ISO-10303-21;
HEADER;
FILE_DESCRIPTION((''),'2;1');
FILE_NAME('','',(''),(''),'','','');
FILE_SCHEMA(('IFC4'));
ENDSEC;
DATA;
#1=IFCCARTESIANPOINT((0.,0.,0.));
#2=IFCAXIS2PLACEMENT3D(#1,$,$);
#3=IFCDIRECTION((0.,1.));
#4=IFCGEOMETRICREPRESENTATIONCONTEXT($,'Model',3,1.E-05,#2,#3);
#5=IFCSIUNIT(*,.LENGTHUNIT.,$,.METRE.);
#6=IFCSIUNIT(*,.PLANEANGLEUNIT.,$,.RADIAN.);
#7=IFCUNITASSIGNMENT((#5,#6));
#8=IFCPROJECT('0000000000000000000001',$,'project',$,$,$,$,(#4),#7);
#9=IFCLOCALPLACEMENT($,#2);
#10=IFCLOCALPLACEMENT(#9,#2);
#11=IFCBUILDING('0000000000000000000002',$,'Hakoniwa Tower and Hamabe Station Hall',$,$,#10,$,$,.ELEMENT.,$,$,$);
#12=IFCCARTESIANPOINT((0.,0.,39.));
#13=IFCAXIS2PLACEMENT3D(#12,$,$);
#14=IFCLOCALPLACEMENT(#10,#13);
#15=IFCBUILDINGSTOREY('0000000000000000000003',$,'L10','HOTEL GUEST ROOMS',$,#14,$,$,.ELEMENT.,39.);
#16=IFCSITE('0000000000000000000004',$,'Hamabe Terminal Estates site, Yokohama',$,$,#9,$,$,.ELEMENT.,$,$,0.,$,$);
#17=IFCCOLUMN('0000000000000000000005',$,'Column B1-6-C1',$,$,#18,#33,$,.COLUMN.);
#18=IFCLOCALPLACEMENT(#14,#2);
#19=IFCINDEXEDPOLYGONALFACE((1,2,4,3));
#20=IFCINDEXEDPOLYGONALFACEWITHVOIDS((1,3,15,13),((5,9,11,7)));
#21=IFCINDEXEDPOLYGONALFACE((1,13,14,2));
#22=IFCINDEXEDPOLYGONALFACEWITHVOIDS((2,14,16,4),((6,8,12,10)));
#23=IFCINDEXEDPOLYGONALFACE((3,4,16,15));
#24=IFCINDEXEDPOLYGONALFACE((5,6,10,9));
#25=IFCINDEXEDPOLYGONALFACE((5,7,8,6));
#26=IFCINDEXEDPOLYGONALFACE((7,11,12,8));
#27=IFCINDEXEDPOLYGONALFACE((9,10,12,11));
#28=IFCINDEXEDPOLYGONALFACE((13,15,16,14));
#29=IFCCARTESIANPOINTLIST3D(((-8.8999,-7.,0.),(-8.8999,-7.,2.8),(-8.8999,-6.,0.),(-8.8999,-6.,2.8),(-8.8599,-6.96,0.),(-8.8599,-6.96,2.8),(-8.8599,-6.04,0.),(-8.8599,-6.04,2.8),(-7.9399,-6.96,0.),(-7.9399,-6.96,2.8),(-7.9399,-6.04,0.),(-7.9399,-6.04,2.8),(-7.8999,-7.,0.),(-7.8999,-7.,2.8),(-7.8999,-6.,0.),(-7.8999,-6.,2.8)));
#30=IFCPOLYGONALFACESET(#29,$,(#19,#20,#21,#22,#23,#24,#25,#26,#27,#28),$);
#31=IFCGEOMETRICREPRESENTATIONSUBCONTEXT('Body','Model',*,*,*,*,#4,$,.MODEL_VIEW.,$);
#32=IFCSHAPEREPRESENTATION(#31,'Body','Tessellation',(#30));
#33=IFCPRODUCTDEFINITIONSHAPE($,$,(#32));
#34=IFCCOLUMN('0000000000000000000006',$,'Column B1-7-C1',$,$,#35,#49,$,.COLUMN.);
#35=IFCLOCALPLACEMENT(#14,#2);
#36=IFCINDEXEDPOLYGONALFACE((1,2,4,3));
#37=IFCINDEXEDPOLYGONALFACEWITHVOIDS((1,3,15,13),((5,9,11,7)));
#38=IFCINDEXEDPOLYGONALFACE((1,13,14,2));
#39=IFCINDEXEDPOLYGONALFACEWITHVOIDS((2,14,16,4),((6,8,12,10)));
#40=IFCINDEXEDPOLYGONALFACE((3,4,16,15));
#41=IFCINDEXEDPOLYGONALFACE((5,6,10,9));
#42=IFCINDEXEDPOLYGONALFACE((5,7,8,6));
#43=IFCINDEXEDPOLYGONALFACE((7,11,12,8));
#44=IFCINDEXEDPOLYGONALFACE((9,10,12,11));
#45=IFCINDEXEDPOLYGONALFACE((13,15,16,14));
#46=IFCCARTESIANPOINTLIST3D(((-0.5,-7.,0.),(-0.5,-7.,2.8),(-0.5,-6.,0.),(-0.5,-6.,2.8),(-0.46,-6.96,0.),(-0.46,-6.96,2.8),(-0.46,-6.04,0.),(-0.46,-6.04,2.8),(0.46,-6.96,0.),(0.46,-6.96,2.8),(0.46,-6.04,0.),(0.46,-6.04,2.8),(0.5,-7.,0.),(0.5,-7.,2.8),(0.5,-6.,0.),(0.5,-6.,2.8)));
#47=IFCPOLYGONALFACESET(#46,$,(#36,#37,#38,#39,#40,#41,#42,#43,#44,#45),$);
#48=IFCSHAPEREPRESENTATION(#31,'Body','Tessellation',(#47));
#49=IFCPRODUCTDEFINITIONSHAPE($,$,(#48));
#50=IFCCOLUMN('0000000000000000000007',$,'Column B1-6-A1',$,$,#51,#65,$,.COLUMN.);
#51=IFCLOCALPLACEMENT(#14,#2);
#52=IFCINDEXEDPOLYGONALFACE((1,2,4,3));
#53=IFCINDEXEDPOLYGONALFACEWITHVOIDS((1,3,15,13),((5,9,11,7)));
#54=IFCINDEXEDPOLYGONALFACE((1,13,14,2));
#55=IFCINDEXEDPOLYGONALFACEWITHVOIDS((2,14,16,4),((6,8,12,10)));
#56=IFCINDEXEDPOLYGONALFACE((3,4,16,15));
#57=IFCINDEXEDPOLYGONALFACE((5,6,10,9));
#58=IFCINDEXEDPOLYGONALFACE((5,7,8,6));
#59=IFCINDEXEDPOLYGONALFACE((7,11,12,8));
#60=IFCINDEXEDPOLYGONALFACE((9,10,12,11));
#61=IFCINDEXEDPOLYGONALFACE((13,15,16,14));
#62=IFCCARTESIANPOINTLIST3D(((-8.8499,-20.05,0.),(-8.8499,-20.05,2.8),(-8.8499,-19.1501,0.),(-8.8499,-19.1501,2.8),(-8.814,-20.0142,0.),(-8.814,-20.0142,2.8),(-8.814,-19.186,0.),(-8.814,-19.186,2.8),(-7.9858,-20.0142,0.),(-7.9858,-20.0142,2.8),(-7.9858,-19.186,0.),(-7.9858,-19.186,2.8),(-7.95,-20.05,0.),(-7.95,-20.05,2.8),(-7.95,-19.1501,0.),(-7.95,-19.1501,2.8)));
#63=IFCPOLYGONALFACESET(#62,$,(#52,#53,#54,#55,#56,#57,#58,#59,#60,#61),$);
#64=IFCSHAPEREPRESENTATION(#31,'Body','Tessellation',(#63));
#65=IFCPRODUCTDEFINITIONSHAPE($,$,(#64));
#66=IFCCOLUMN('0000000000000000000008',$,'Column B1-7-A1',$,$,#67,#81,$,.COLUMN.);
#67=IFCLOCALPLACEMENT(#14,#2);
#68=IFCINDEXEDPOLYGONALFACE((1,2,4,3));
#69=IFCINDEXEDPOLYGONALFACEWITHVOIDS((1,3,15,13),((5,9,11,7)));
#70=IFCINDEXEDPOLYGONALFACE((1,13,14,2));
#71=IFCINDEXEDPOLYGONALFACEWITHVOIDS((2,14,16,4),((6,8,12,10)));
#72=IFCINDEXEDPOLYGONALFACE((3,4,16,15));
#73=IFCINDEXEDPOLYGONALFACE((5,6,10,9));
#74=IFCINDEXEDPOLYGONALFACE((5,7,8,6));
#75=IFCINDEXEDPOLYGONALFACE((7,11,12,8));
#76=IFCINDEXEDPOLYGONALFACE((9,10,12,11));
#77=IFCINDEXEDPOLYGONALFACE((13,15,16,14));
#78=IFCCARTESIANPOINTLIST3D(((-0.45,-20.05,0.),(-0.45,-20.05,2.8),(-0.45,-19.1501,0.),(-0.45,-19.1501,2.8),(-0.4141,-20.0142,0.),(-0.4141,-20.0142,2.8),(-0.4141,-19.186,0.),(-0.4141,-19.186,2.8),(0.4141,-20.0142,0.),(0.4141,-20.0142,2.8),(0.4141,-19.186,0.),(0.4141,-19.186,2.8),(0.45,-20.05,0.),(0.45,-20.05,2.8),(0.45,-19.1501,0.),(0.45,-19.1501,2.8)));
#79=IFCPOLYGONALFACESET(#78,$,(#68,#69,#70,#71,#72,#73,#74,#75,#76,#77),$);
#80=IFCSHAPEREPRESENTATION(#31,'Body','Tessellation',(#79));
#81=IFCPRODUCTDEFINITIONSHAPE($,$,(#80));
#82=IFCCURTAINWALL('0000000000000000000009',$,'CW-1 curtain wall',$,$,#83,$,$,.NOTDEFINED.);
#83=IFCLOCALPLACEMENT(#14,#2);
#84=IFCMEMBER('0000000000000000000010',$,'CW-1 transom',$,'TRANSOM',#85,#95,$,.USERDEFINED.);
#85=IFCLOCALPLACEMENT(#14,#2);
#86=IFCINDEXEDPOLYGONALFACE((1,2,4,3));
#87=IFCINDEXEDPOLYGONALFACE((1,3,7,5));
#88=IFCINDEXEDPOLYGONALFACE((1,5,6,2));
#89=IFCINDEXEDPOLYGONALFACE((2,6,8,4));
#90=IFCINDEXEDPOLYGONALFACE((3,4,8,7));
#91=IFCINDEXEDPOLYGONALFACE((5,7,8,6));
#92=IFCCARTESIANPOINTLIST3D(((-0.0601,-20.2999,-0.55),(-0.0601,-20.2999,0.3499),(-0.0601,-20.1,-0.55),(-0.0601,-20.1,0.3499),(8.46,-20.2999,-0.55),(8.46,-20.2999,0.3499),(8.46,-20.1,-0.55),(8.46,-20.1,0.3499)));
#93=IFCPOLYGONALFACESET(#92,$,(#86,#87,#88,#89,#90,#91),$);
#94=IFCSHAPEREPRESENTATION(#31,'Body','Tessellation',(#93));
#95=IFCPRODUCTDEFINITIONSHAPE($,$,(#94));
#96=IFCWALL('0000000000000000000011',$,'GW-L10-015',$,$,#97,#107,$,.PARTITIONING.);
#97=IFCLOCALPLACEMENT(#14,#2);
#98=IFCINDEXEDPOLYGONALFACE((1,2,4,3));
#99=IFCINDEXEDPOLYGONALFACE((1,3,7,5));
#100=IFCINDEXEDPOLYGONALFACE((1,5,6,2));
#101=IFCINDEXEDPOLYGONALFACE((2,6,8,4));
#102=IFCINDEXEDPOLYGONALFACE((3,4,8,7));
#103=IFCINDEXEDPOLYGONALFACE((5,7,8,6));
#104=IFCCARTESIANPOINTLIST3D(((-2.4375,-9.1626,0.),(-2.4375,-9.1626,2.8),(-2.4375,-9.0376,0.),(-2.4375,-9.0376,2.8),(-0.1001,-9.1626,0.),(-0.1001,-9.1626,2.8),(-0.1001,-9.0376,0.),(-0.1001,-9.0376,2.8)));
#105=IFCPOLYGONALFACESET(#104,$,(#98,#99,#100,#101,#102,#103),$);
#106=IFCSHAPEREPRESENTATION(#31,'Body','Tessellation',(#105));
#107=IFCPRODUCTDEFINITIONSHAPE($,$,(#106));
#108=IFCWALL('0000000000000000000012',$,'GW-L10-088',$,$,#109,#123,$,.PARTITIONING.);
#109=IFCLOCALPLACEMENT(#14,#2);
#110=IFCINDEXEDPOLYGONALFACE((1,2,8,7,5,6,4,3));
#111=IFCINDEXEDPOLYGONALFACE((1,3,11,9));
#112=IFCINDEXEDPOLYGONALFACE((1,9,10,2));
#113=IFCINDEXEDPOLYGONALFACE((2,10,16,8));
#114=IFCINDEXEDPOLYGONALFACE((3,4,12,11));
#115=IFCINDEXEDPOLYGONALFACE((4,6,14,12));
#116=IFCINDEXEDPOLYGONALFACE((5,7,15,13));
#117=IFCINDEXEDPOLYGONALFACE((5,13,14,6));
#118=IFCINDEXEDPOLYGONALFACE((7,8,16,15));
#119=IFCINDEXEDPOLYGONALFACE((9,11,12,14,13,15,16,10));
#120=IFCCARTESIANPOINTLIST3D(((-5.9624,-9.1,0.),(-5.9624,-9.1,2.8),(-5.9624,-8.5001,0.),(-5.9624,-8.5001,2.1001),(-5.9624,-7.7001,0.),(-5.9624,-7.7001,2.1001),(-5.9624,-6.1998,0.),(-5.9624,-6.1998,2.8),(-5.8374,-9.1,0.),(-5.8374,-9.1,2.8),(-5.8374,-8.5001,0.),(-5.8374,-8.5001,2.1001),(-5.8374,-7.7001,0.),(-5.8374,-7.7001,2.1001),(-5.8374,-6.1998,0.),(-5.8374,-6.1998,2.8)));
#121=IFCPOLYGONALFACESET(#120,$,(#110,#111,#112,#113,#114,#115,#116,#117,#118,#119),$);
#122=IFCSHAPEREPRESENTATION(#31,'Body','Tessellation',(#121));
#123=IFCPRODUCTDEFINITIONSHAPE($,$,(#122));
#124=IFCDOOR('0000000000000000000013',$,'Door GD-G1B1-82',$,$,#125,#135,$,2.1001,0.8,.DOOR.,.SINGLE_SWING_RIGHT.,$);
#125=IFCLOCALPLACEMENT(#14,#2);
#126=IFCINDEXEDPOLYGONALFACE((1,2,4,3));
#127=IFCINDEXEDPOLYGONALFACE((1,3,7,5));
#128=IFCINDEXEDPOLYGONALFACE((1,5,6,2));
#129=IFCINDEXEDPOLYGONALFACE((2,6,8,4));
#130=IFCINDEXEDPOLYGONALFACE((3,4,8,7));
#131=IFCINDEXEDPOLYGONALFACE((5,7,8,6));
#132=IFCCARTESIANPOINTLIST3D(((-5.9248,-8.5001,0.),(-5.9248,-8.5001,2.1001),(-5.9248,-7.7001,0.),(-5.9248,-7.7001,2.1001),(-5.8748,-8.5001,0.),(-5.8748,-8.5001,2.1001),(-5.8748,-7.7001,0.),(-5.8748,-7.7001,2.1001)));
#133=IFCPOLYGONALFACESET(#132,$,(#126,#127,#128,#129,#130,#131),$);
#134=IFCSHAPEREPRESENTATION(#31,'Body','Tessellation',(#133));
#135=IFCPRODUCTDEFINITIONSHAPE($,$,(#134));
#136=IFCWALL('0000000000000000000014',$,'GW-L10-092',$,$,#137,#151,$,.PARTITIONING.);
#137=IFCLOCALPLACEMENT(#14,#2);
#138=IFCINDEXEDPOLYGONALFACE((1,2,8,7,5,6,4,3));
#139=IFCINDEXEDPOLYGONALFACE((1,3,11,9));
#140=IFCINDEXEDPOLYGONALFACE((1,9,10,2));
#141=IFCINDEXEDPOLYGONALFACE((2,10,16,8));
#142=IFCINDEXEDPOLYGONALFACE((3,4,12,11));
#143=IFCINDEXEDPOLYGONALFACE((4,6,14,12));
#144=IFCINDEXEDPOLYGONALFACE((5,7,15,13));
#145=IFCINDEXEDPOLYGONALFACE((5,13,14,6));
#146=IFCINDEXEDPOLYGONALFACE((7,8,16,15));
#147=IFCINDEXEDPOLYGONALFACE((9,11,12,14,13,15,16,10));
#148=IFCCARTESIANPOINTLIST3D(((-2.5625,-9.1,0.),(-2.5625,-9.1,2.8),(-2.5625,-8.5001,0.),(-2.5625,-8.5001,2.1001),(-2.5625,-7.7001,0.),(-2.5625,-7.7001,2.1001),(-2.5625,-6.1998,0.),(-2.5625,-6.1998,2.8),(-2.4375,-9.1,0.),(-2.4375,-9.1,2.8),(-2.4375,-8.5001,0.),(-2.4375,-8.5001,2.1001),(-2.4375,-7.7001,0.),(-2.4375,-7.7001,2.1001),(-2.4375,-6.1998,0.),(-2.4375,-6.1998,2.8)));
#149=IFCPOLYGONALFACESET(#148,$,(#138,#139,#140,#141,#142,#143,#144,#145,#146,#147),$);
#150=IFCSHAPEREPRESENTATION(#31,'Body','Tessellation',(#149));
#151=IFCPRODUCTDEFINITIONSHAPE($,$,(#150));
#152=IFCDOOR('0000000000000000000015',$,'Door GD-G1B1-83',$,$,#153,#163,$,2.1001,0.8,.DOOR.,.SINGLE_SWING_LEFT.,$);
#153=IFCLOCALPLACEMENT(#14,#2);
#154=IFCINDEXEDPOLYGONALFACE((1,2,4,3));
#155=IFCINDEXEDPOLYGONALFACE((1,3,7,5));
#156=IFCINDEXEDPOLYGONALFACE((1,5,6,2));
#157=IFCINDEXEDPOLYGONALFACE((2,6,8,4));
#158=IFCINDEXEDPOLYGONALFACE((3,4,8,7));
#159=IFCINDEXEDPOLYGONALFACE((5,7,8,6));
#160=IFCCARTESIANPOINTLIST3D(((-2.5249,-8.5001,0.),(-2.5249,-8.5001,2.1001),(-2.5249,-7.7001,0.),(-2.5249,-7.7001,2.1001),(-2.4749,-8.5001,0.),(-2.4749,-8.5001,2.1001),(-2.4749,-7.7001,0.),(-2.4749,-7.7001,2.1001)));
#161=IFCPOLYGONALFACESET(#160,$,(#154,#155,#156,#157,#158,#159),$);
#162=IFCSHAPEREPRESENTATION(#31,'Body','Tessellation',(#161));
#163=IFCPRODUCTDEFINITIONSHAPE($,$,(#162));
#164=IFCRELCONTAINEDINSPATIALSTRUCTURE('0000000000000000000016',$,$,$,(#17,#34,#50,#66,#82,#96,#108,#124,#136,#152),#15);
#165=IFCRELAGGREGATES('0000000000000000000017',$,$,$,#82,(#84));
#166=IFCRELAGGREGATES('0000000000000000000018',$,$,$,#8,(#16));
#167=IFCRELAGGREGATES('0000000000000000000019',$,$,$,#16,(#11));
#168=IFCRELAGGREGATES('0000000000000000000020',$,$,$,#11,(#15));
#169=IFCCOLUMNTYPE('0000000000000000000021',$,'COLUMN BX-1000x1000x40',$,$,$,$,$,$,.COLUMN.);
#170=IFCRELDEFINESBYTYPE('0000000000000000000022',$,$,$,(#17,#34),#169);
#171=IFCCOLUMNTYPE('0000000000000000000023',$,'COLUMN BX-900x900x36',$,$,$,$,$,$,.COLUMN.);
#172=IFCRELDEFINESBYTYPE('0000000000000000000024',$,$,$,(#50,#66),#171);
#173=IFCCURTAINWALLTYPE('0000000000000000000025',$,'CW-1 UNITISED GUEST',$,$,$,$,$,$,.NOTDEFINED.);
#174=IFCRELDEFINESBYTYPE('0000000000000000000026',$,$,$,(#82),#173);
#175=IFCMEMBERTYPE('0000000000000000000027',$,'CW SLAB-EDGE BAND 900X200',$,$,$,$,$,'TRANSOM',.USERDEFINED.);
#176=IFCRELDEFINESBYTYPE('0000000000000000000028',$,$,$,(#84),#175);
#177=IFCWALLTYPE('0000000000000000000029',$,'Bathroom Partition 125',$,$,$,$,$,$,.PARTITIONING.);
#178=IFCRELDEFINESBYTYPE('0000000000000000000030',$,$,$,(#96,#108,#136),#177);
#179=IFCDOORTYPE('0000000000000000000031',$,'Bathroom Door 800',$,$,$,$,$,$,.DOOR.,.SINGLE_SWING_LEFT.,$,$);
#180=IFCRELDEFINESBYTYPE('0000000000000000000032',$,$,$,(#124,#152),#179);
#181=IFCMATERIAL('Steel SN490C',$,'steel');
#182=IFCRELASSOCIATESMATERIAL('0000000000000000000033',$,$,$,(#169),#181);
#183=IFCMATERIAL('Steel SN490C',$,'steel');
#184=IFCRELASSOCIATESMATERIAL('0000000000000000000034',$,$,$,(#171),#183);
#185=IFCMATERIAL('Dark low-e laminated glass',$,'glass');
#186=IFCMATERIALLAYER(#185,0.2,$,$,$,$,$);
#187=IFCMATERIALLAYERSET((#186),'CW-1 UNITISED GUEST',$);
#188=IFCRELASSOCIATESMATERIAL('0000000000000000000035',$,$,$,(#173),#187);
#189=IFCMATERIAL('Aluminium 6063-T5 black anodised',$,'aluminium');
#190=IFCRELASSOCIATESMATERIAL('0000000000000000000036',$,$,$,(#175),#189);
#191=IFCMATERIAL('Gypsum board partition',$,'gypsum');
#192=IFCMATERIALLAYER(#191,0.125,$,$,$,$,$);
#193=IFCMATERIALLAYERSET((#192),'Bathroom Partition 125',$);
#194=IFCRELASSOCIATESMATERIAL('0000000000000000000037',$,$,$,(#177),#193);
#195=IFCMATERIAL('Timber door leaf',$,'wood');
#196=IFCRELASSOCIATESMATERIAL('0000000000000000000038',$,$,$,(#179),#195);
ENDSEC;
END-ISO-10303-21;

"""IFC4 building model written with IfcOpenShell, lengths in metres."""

from ifc_helpers import new_model, si_unit, direction, frame, frame_2d, origin, origin_2d, place, context, subcontext, project, spatial, rectangle, hollow_rectangle, extrude, material, layer, layer_set, material_profile, profile_set, type_object, element, fill, aggregate, save


model = new_model("IFC4")

# Units and contexts
model_context = context("Model", 3, precision=1e-05, world=origin(), true_north=direction((0.0, 1.0)))
body_context = subcontext(model_context, "Body", "Model", "MODEL_VIEW")
ifc_project = project(units=[si_unit("LENGTHUNIT", "METRE"), si_unit("PLANEANGLEUNIT", "RADIAN")], contexts=[model_context])

# Site, building, storey
site_placement = place(None, origin())
site = spatial("IfcSite", under=ifc_project, at=site_placement, Name="Hamabe Terminal Estates site, Yokohama", CompositionType="ELEMENT", RefElevation=0.0)
building_placement = place(site_placement, origin())
building = spatial("IfcBuilding", under=site, at=building_placement, Name="Hakoniwa Tower and Hamabe Station Hall", CompositionType="ELEMENT")
storey_placement = place(building_placement, frame((0.0, 0.0, 39.0)))
storey = spatial("IfcBuildingStorey", under=building, at=storey_placement, Name="L10", Description="HOTEL GUEST ROOMS", CompositionType="ELEMENT", Elevation=39.0)

# Columns
ifc_material_1 = material(Name="Steel SN490C", Category="steel")
ifc_material_profile_1 = material_profile(ifc_material_1, hollow_rectangle(XDim=1.0, YDim=1.0, WallThickness=0.04, at=origin_2d()), Name="BX-1000x1000x40")
ifc_profile_set_1 = profile_set([ifc_material_profile_1], Name="Steel SN490C")
column_type_1 = type_object("IfcColumnType", Name="COLUMN BX-1000x1000x40", PredefinedType="COLUMN", material=ifc_profile_set_1)
for number, where, z_axis, x_axis, name in (
    (1, (-8.3999, -6.5, 0.0), (0.0, 0.0, 1.0), (1.0, 0.0, 0.0), "Column B1-6-C1"),
    (2, (0.0, -6.5, 0.0), (0.0, 0.0, 1.0), (1.0, 0.0, 0.0), "Column B1-7-C1"),
):
    element("IfcColumn", number, at=place(storey_placement, frame(where, z_axis=z_axis, x_axis=x_axis)), inside=storey, type_object=column_type_1, Name=name, PredefinedType="COLUMN", context=body_context, shape_type="SweptSolid", body=[
        extrude(hollow_rectangle(XDim=1.0, YDim=1.0, WallThickness=0.04, at=origin_2d()), origin(), (0.0, 0.0, 1.0), 2.8),
    ])
ifc_material_2 = material(Name="Steel SN490C", Category="steel")
ifc_material_profile_2 = material_profile(ifc_material_2, hollow_rectangle(XDim=0.8999, YDim=0.8999, WallThickness=0.0359, at=origin_2d()), Name="BX-900x900x36")
ifc_profile_set_2 = profile_set([ifc_material_profile_2], Name="Steel SN490C")
column_type_2 = type_object("IfcColumnType", Name="COLUMN BX-900x900x36", PredefinedType="COLUMN", material=ifc_profile_set_2)
for number, where, z_axis, x_axis, name in (
    (3, (-8.3999, -19.6001, 0.0), (0.0, 0.0, 1.0), (1.0, 0.0, 0.0), "Column B1-6-A1"),
    (4, (0.0, -19.6001, 0.0), (0.0, 0.0, 1.0), (1.0, 0.0, 0.0), "Column B1-7-A1"),
):
    element("IfcColumn", number, at=place(storey_placement, frame(where, z_axis=z_axis, x_axis=x_axis)), inside=storey, type_object=column_type_2, Name=name, PredefinedType="COLUMN", context=body_context, shape_type="SweptSolid", body=[
        extrude(hollow_rectangle(XDim=0.8999, YDim=0.8999, WallThickness=0.0359, at=origin_2d()), origin(), (0.0, 0.0, 1.0), 2.8),
    ])

# Curtain wall, member
ifc_material_3 = material(Name="Dark low-e laminated glass", Category="glass")
ifc_layer_1 = layer(ifc_material_3, 0.2)
ifc_layer_set_1 = layer_set([ifc_layer_1], Name="CW-1 UNITISED GUEST")
curtain_wall_type = type_object("IfcCurtainWallType", Name="CW-1 UNITISED GUEST", PredefinedType="NOTDEFINED", material=ifc_layer_set_1)
curtain_wall_placement = place(storey_placement, origin())
curtain_wall = element("IfcCurtainWall", 5, at=curtain_wall_placement, inside=storey, type_object=curtain_wall_type, Name="CW-1 curtain wall", PredefinedType="NOTDEFINED")
ifc_material_4 = material(Name="Aluminium 6063-T5 black anodised", Category="aluminium")
ifc_material_profile_3 = material_profile(ifc_material_4, rectangle(XDim=0.2, YDim=0.8999, at=origin_2d()), Name="CW SLAB-EDGE BAND 900X200")
ifc_profile_set_3 = profile_set([ifc_material_profile_3], Name="Aluminium 6063-T5 black anodised")
member_type = type_object("IfcMemberType", Name="CW SLAB-EDGE BAND 900X200", ElementType="TRANSOM", PredefinedType="USERDEFINED", material=ifc_profile_set_3)
member_placement = place(storey_placement, frame((-0.0601, -20.2, -0.1001), z_axis=(1.0, 0.0, 0.0), x_axis=(0.0, 1.0, 0.0)))
member = element("IfcMember", 6, at=member_placement, type_object=member_type, Name="CW-1 transom", ObjectType="TRANSOM", PredefinedType="USERDEFINED", context=body_context, shape_type="SweptSolid", body=[
    extrude(rectangle(XDim=0.2, YDim=0.8999, at=origin_2d()), origin(), (0.0, 0.0, 1.0), 8.52),
])

# Wall
ifc_material_5 = material(Name="Gypsum board partition", Category="gypsum")
ifc_layer_2 = layer(ifc_material_5, 0.125)
ifc_layer_set_2 = layer_set([ifc_layer_2], Name="Bathroom Partition 125")
wall_type_1 = type_object("IfcWallType", Name="Bathroom Partition 125", PredefinedType="PARTITIONING", material=ifc_layer_set_2)
wall_1_placement = place(storey_placement, frame((-2.4375, -9.1001, 0.0), z_axis=(0.0, 0.0, 1.0), x_axis=(1.0, 0.0, 0.0)))
element("IfcWall", 7, at=wall_1_placement, inside=storey, type_object=wall_type_1, Name="GW-L10-015", PredefinedType="PARTITIONING", context=body_context, shape_type="SweptSolid", body=[
    extrude(rectangle(XDim=2.3374, YDim=0.125, at=frame_2d((1.1687, 0.0))), origin(), (0.0, 0.0, 1.0), 2.8),
])

# Walls, openings, doors
wall_2_placement = place(storey_placement, frame((-5.8999, -9.1001, 0.0), z_axis=(0.0, 0.0, 1.0), x_axis=(0.0, 1.0, 0.0)))
wall_2 = element("IfcWall", 8, at=wall_2_placement, inside=storey, type_object=wall_type_1, Name="GW-L10-088", PredefinedType="PARTITIONING", context=body_context, shape_type="SweptSolid", body=[
    extrude(rectangle(XDim=2.9001, YDim=0.125, at=frame_2d((1.4502, 0.0))), origin(), (0.0, 0.0, 1.0), 2.8),
])
opening_1_placement = place(wall_2_placement, frame((0.6001, 0.0, 0.0)))
opening_1 = element("IfcOpeningElement", 9, at=opening_1_placement, cuts=wall_2, PredefinedType="OPENING", context=body_context, shape_type="SweptSolid", body=[
    extrude(rectangle(XDim=0.8, YDim=2.1001, at=frame_2d((0.3999, 1.05))), frame((0.0, 0.0725, 0.0), z_axis=(0.0, -1.0, 0.0), x_axis=(1.0, 0.0, 0.0)), (0.0, 0.0, 1.0), 0.145),
])
ifc_material_6 = material(Name="Timber door leaf", Category="wood")
door_type_1 = type_object("IfcDoorType", Name="Bathroom Door 800", OperationType="SINGLE_SWING_LEFT", PredefinedType="DOOR", material=ifc_material_6)
door_1_placement = place(opening_1_placement, origin())
door_1 = element("IfcDoor", 10, at=door_1_placement, inside=storey, type_object=door_type_1, Name="Door GD-G1B1-82", OperationType="SINGLE_SWING_RIGHT", OverallHeight=2.1001, OverallWidth=0.8, PredefinedType="DOOR", context=body_context, shape_type="SweptSolid", body=[
    extrude(rectangle(XDim=0.8, YDim=2.1001, at=frame_2d((0.3999, 1.05))), frame((0.0, 0.0249, 0.0), z_axis=(0.0, -1.0, 0.0), x_axis=(1.0, 0.0, 0.0)), (0.0, 0.0, 1.0), 0.05),
])
fill(opening_1, door_1)
wall_3_placement = place(storey_placement, frame((-2.5, -9.1001, 0.0), z_axis=(0.0, 0.0, 1.0), x_axis=(0.0, 1.0, 0.0)))
wall_3 = element("IfcWall", 11, at=wall_3_placement, inside=storey, type_object=wall_type_1, Name="GW-L10-092", PredefinedType="PARTITIONING", context=body_context, shape_type="SweptSolid", body=[
    extrude(rectangle(XDim=2.9001, YDim=0.125, at=frame_2d((1.4502, 0.0))), origin(), (0.0, 0.0, 1.0), 2.8),
])
opening_2_placement = place(wall_3_placement, frame((0.6001, 0.0, 0.0)))
opening_2 = element("IfcOpeningElement", 12, at=opening_2_placement, cuts=wall_3, PredefinedType="OPENING", context=body_context, shape_type="SweptSolid", body=[
    extrude(rectangle(XDim=0.8, YDim=2.1001, at=frame_2d((0.3999, 1.05))), frame((0.0, 0.0725, 0.0), z_axis=(0.0, -1.0, 0.0), x_axis=(1.0, 0.0, 0.0)), (0.0, 0.0, 1.0), 0.145),
])
door_2_placement = place(opening_2_placement, origin())
door_2 = element("IfcDoor", 13, at=door_2_placement, inside=storey, type_object=door_type_1, Name="Door GD-G1B1-83", OperationType="SINGLE_SWING_LEFT", OverallHeight=2.1001, OverallWidth=0.8, PredefinedType="DOOR", context=body_context, shape_type="SweptSolid", body=[
    extrude(rectangle(XDim=0.8, YDim=2.1001, at=frame_2d((0.3999, 1.05))), frame((0.0, 0.0249, 0.0), z_axis=(0.0, -1.0, 0.0), x_axis=(1.0, 0.0, 0.0)), (0.0, 0.0, 1.0), 0.05),
])
fill(opening_2, door_2)
aggregate(curtain_wall, [member])

save(model, "model.ifc")
